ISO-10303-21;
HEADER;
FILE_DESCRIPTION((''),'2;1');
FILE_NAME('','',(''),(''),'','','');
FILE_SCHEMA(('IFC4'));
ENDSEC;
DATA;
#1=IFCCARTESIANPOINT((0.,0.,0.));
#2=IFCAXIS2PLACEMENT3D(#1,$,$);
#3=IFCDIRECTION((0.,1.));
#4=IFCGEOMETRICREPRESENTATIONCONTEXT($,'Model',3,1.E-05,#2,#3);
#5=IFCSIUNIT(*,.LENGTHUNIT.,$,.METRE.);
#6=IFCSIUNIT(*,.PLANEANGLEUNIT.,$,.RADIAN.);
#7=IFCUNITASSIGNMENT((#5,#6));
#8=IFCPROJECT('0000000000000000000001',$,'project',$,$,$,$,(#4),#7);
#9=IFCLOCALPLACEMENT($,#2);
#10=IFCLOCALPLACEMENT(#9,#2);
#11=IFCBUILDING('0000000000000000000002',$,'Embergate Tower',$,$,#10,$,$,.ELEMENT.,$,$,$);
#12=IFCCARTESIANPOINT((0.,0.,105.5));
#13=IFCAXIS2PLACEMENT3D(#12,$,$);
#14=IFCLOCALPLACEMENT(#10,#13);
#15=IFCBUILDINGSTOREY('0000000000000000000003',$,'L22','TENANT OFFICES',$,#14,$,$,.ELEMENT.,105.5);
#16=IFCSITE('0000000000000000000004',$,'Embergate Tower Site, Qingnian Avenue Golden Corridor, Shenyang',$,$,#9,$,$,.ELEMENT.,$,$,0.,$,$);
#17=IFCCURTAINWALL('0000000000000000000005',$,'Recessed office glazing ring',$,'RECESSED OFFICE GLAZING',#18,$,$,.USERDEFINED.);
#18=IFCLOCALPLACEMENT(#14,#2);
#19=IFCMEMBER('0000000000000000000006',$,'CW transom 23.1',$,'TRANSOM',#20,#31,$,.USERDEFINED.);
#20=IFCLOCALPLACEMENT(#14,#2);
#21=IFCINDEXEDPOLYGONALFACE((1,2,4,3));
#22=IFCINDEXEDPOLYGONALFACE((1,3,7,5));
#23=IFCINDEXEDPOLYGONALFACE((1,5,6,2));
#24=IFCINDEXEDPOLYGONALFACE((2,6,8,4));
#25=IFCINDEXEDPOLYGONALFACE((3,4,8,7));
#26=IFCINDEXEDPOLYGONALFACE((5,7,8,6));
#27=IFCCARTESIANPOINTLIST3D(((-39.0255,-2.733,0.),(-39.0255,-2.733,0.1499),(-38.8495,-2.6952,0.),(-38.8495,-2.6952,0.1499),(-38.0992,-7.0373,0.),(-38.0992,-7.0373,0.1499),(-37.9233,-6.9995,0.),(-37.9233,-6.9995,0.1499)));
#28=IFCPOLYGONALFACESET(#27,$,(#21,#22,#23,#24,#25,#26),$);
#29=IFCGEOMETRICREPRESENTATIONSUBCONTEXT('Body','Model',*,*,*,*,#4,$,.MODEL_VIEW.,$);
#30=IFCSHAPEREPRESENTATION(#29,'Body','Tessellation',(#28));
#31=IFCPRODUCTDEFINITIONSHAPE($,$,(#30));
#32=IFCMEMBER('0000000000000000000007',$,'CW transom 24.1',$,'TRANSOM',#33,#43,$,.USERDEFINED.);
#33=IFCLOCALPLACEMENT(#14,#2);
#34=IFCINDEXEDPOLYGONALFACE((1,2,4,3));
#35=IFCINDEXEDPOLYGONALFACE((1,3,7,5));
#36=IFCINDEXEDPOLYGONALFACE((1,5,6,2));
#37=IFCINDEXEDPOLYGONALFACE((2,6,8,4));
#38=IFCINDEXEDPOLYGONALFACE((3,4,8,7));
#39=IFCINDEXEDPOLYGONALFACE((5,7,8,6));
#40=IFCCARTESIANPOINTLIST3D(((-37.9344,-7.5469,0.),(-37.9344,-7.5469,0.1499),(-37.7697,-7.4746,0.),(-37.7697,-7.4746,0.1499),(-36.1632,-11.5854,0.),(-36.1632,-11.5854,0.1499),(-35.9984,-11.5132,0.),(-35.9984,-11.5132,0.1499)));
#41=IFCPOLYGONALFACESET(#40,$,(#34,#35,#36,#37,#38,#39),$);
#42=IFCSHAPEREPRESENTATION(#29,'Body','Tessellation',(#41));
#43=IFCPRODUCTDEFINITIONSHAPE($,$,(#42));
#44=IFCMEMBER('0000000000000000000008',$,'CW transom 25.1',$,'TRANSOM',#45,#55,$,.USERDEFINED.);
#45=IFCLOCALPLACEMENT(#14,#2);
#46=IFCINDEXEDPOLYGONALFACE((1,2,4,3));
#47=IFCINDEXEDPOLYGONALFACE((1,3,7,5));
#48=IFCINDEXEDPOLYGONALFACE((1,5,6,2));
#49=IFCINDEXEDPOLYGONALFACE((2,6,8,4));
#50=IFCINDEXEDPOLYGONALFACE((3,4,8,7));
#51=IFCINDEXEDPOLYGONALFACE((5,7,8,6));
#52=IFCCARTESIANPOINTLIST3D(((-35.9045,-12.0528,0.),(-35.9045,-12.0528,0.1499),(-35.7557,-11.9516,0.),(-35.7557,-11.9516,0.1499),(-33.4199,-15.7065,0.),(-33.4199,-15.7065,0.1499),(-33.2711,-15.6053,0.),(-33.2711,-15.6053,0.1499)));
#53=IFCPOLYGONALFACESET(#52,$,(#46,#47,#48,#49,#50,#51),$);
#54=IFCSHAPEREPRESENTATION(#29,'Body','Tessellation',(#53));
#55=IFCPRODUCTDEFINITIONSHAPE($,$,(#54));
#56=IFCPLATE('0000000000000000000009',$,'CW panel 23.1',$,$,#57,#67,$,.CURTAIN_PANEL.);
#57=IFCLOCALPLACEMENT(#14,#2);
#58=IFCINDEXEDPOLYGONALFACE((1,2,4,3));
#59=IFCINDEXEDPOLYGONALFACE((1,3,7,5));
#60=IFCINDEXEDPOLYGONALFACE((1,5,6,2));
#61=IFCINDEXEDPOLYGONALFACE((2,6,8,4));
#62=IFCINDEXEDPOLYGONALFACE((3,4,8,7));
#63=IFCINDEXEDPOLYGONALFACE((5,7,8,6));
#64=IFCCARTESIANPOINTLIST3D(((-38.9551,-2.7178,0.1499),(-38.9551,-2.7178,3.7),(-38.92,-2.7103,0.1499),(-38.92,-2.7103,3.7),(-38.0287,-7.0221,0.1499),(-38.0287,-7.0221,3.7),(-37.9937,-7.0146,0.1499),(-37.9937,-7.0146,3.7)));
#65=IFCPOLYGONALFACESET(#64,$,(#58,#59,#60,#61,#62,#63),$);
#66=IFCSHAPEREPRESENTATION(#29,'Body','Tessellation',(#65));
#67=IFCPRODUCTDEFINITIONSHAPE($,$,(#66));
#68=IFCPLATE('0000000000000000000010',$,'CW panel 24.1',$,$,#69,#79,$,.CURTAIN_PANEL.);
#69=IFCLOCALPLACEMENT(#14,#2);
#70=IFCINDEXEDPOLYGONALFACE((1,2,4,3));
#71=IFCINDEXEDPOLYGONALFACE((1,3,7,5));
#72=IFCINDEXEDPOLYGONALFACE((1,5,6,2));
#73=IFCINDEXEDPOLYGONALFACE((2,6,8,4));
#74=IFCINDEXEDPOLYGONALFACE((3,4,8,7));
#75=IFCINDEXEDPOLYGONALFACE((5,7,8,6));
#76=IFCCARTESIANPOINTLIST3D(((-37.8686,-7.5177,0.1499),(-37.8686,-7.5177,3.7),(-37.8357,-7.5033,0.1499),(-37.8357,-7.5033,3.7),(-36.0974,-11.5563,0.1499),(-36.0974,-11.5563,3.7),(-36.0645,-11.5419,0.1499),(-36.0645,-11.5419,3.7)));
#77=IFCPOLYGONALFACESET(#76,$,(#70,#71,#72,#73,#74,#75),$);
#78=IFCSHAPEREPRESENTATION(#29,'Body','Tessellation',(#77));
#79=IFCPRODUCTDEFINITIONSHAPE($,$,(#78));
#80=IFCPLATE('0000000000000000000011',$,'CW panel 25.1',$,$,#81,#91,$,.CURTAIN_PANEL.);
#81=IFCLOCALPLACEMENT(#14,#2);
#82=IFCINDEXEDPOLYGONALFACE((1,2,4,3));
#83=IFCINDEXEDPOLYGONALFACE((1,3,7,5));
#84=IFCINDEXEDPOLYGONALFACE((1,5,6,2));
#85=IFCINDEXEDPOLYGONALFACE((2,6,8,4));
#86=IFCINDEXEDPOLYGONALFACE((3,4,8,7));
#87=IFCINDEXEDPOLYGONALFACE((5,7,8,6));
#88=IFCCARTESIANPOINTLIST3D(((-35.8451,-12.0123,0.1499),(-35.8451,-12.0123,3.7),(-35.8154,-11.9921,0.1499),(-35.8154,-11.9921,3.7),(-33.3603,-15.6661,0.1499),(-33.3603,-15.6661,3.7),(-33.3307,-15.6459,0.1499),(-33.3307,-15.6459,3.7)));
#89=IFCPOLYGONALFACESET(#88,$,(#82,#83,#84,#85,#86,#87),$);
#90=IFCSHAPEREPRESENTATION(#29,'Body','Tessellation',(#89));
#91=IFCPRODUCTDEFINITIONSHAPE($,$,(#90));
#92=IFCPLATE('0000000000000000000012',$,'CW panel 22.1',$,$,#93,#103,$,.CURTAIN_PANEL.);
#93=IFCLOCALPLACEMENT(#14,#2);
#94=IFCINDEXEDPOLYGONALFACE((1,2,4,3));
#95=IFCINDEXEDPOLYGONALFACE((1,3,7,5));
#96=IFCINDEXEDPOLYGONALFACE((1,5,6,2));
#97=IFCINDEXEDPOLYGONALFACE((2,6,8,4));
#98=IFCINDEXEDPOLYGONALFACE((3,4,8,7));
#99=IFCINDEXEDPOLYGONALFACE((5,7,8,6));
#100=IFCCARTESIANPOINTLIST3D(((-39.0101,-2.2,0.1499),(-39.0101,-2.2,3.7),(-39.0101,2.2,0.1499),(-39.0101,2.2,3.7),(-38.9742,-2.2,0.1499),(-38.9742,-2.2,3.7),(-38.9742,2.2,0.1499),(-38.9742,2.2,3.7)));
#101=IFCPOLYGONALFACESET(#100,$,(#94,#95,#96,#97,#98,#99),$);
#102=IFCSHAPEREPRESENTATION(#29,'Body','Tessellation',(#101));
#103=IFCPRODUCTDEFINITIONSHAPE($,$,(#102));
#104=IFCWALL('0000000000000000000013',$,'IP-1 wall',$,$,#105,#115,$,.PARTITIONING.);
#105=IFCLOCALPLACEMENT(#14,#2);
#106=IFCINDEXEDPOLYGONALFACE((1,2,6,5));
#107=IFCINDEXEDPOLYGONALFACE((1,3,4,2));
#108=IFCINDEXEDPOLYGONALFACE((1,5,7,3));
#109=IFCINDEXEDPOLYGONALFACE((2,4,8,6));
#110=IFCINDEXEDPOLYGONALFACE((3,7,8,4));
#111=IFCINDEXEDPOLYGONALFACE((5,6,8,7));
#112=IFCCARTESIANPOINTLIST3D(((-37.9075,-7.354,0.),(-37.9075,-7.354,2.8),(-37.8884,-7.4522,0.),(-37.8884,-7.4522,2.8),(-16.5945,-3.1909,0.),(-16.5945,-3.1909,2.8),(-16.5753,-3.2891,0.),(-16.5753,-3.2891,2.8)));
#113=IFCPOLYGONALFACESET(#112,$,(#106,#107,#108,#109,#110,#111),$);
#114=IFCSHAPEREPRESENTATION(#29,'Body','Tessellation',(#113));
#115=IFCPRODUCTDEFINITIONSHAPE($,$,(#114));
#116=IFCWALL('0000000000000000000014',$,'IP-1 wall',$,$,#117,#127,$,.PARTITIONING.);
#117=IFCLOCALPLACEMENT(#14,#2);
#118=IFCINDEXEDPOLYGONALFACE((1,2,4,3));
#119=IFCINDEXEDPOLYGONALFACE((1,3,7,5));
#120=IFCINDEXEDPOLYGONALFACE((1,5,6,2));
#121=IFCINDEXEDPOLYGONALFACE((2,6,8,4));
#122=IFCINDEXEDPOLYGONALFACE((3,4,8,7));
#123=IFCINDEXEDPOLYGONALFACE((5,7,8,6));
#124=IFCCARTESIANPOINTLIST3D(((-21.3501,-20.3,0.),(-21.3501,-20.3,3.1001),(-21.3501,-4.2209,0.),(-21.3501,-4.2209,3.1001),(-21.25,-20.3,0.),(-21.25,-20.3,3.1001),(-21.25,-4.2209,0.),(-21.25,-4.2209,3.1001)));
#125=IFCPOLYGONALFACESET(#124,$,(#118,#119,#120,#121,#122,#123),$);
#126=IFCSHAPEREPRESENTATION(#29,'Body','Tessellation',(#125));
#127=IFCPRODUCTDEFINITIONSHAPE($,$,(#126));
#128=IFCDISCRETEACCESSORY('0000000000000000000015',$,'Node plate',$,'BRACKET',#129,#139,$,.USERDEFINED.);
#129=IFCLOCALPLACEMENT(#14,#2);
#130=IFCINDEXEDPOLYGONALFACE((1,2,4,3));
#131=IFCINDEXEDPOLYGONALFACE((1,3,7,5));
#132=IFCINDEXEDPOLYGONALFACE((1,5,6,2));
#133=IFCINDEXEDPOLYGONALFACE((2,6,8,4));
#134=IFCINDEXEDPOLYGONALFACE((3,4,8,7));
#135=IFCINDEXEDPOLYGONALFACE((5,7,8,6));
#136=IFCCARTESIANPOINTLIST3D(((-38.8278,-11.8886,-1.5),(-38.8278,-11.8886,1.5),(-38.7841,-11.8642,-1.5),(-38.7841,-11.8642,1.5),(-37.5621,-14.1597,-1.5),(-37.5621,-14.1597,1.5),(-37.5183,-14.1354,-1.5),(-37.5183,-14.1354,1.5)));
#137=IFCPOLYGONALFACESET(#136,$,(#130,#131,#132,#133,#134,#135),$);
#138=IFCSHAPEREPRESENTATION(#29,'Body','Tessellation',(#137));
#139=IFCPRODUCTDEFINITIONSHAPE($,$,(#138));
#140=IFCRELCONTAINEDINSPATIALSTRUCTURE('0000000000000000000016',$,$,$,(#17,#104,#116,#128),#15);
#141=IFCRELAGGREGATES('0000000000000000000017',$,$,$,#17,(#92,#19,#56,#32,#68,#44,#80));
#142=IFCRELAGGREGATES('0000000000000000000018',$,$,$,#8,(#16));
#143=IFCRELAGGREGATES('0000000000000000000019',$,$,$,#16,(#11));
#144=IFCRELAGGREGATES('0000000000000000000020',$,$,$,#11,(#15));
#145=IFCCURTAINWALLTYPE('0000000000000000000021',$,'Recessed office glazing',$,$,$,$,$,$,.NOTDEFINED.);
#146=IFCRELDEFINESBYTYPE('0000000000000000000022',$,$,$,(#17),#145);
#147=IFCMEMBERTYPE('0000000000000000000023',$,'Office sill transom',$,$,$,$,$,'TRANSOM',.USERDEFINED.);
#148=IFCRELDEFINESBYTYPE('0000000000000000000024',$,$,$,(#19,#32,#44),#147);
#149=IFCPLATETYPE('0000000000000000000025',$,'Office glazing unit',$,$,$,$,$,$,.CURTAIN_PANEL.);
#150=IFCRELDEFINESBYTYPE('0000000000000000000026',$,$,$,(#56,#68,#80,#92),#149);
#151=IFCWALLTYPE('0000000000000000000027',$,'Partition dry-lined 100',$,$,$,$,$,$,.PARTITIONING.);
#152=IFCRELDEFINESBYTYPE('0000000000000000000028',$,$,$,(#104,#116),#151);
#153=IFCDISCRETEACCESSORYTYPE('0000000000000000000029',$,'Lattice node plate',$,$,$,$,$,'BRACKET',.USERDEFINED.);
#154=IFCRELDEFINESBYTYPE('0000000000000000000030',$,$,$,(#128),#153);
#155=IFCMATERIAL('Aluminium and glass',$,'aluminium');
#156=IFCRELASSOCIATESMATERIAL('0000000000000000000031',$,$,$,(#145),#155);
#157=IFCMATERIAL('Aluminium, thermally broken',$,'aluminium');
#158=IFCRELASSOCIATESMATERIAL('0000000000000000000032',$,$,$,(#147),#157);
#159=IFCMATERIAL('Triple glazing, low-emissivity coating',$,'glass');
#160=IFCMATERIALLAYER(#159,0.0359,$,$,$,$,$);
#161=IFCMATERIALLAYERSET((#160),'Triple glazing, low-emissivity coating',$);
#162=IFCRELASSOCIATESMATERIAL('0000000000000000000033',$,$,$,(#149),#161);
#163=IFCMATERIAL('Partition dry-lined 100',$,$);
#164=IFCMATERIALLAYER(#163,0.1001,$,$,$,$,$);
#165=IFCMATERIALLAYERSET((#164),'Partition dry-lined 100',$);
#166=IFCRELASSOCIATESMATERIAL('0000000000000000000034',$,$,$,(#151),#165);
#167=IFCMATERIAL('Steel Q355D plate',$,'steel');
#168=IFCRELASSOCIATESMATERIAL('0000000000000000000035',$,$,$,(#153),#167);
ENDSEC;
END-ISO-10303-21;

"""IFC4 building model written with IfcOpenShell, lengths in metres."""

from ifc_helpers import new_model, si_unit, direction, frame, frame_2d, origin, origin_2d, place, context, subcontext, project, spatial, rectangle, extrude, source, transform, mapped, material, layer, layer_set, material_profile, profile_set, type_object, element, aggregate, save


model = new_model("IFC4")

# Units and contexts
model_context = context("Model", 3, precision=1e-05, world=origin(), true_north=direction((0.0, 1.0)))
body_context = subcontext(model_context, "Body", "Model", "MODEL_VIEW")
ifc_project = project(units=[si_unit("LENGTHUNIT", "METRE"), si_unit("PLANEANGLEUNIT", "RADIAN")], contexts=[model_context])

# Site, building, storey
site_placement = place(None, origin())
site = spatial("IfcSite", under=ifc_project, at=site_placement, Name="Embergate Tower Site, Qingnian Avenue Golden Corridor, Shenyang", CompositionType="ELEMENT", RefElevation=0.0)
building_placement = place(site_placement, origin())
building = spatial("IfcBuilding", under=site, at=building_placement, Name="Embergate Tower", CompositionType="ELEMENT")
storey_placement = place(building_placement, frame((0.0, 0.0, 105.5)))
storey = spatial("IfcBuildingStorey", under=building, at=storey_placement, Name="L22", Description="TENANT OFFICES", CompositionType="ELEMENT", Elevation=105.5)

# Curtain wall, members, plates
ifc_material_1 = material(Name="Aluminium and glass", Category="aluminium")
curtain_wall_type = type_object("IfcCurtainWallType", Name="Recessed office glazing", PredefinedType="NOTDEFINED", material=ifc_material_1)
curtain_wall_placement = place(storey_placement, origin())
curtain_wall = element("IfcCurtainWall", 1, at=curtain_wall_placement, inside=storey, type_object=curtain_wall_type, Name="Recessed office glazing ring", ObjectType="RECESSED OFFICE GLAZING", PredefinedType="USERDEFINED")
ifc_material_2 = material(Name="Aluminium, thermally broken", Category="aluminium")
ifc_material_profile_1 = material_profile(ifc_material_2, rectangle(XDim=0.1799, YDim=0.1499, at=origin_2d()), Name="AL 150x180")
ifc_profile_set_1 = profile_set([ifc_material_profile_1], Name="Aluminium, thermally broken")
member_type_1 = type_object("IfcMemberType", Name="Office sill transom", ElementType="TRANSOM", PredefinedType="USERDEFINED", material=ifc_profile_set_1)
shared_shape_1 = source(origin(), body_context, "Body", "SweptSolid", [
    extrude(rectangle(XDim=0.1799, YDim=0.1499, at=origin_2d()), origin(), (0.0, 0.0, 1.0), 4.4028),
])
member_1_placement = place(storey_placement, frame((-38.9375, -2.7141, 0.075), z_axis=(0.210385, -0.977619, 0.0), x_axis=(0.977619, 0.210385, 0.0)))
member_1 = element("IfcMember", 2, at=member_1_placement, type_object=member_type_1, Name="CW transom 23.1", ObjectType="TRANSOM", PredefinedType="USERDEFINED", context=body_context, shape_type="MappedRepresentation", body=[
    mapped(shared_shape_1, transform((0.0, 0.0, 0.0))),
])
shared_shape_2 = source(origin(), body_context, "Body", "SweptSolid", [
    extrude(rectangle(XDim=0.1799, YDim=0.1499, at=origin_2d()), origin(), (0.0, 0.0, 1.0), 4.4099),
])
member_2_placement = place(storey_placement, frame((-37.8521, -7.5107, 0.075), z_axis=(0.401649, -0.915794, 0.0), x_axis=(0.915794, 0.401649, 0.0)))
member_2 = element("IfcMember", 3, at=member_2_placement, type_object=member_type_1, Name="CW transom 24.1", ObjectType="TRANSOM", PredefinedType="USERDEFINED", context=body_context, shape_type="MappedRepresentation", body=[
    mapped(shared_shape_2, transform((0.0, 0.0, 0.0))),
])
shared_shape_3 = source(origin(), body_context, "Body", "SweptSolid", [
    extrude(rectangle(XDim=0.1799, YDim=0.1499, at=origin_2d()), origin(), (0.0, 0.0, 1.0), 4.4185),
])
member_3_placement = place(storey_placement, frame((-35.8301, -12.0022, 0.075), z_axis=(0.562315, -0.826923, 0.0), x_axis=(0.826923, 0.562315, 0.0)))
member_3 = element("IfcMember", 4, at=member_3_placement, type_object=member_type_1, Name="CW transom 25.1", ObjectType="TRANSOM", PredefinedType="USERDEFINED", context=body_context, shape_type="MappedRepresentation", body=[
    mapped(shared_shape_3, transform((0.0, 0.0, 0.0))),
])
ifc_material_3 = material(Name="Triple glazing, low-emissivity coating", Category="glass")
ifc_layer_1 = layer(ifc_material_3, 0.0359)
ifc_layer_set_1 = layer_set([ifc_layer_1], Name="Triple glazing, low-emissivity coating")
plate_type = type_object("IfcPlateType", Name="Office glazing unit", PredefinedType="CURTAIN_PANEL", material=ifc_layer_set_1)
shared_shape_4 = source(origin(), body_context, "Body", "SweptSolid", [
    extrude(rectangle(XDim=4.4028, YDim=0.0359, at=origin_2d()), origin(), (0.0, 0.0, 1.0), 3.55),
])
plate_1_placement = place(storey_placement, frame((-38.4744, -4.8662, 0.1499), z_axis=(0.0, 0.0, 1.0), x_axis=(0.210392, -0.977617, 0.0)))
plate_1 = element("IfcPlate", 5, at=plate_1_placement, type_object=plate_type, Name="CW panel 23.1", PredefinedType="CURTAIN_PANEL", context=body_context, shape_type="MappedRepresentation", body=[
    mapped(shared_shape_4, transform((0.0, 0.0, 0.0))),
])
shared_shape_5 = source(origin(), body_context, "Body", "SweptSolid", [
    extrude(rectangle(XDim=4.4099, YDim=0.0359, at=origin_2d()), origin(), (0.0, 0.0, 1.0), 3.55),
])
plate_2_placement = place(storey_placement, frame((-36.9666, -9.5298, 0.1499), z_axis=(0.0, 0.0, 1.0), x_axis=(0.401644, -0.915796, 0.0)))
plate_2 = element("IfcPlate", 6, at=plate_2_placement, type_object=plate_type, Name="CW panel 24.1", PredefinedType="CURTAIN_PANEL", context=body_context, shape_type="MappedRepresentation", body=[
    mapped(shared_shape_5, transform((0.0, 0.0, 0.0))),
])
shared_shape_6 = source(origin(), body_context, "Body", "SweptSolid", [
    extrude(rectangle(XDim=4.4187, YDim=0.0359, at=origin_2d()), origin(), (0.0, 0.0, 1.0), 3.55),
])
plate_3_placement = place(storey_placement, frame((-34.5879, -13.8291, 0.1499), z_axis=(0.0, 0.0, 1.0), x_axis=(0.562332, -0.826912, 0.0)))
plate_3 = element("IfcPlate", 7, at=plate_3_placement, type_object=plate_type, Name="CW panel 25.1", PredefinedType="CURTAIN_PANEL", context=body_context, shape_type="MappedRepresentation", body=[
    mapped(shared_shape_6, transform((0.0, 0.0, 0.0))),
])
shared_shape_7 = source(origin(), body_context, "Body", "SweptSolid", [
    extrude(rectangle(XDim=4.3999, YDim=0.0359, at=origin_2d()), origin(), (0.0, 0.0, 1.0), 3.55),
])
plate_4_placement = place(storey_placement, frame((-38.9922, 0.0, 0.1499), z_axis=(0.0, 0.0, 1.0), x_axis=(0.0, -1.0, 0.0)))
plate_4 = element("IfcPlate", 8, at=plate_4_placement, type_object=plate_type, Name="CW panel 22.1", PredefinedType="CURTAIN_PANEL", context=body_context, shape_type="MappedRepresentation", body=[
    mapped(shared_shape_7, transform((0.0, 0.0, 0.0))),
])
aggregate(curtain_wall, [plate_4, member_1, plate_1, member_2, plate_2, member_3, plate_3])

# Walls
ifc_material_4 = material(Name="Partition dry-lined 100")
ifc_layer_2 = layer(ifc_material_4, 0.1001)
ifc_layer_set_2 = layer_set([ifc_layer_2], Name="Partition dry-lined 100")
wall_type = type_object("IfcWallType", Name="Partition dry-lined 100", PredefinedType="PARTITIONING", material=ifc_layer_set_2)
shared_shape_8 = source(origin(), body_context, "Body", "SweptSolid", [
    extrude(rectangle(XDim=21.7158, YDim=0.1001, at=frame_2d((10.8579, 0.0))), origin(), (0.0, 0.0, 1.0), 2.8),
])
wall_1_placement = place(storey_placement, frame((-37.8979, -7.4031, 0.0), z_axis=(0.0, 0.0, 1.0), x_axis=(0.981452, 0.191708, 0.0)))
element("IfcWall", 9, at=wall_1_placement, inside=storey, type_object=wall_type, Name="IP-1 wall", PredefinedType="PARTITIONING", context=body_context, shape_type="MappedRepresentation", body=[
    mapped(shared_shape_8, transform((0.0, 0.0, 0.0))),
])
shared_shape_9 = source(origin(), body_context, "Body", "SweptSolid", [
    extrude(rectangle(XDim=16.0791, YDim=0.1001, at=frame_2d((8.0396, 0.0))), origin(), (0.0, 0.0, 1.0), 3.1001),
])
wall_2_placement = place(storey_placement, frame((-21.3, -4.2209, 0.0), z_axis=(0.0, 0.0, 1.0), x_axis=(0.0, -1.0, 0.0)))
element("IfcWall", 10, at=wall_2_placement, inside=storey, type_object=wall_type, Name="IP-1 wall", PredefinedType="PARTITIONING", context=body_context, shape_type="MappedRepresentation", body=[
    mapped(shared_shape_9, transform((0.0, 0.0, 0.0))),
])

# Discrete accessory
ifc_material_5 = material(Name="Steel Q355D plate", Category="steel")
discrete_accessory_type = type_object("IfcDiscreteAccessoryType", Name="Lattice node plate", ElementType="BRACKET", PredefinedType="USERDEFINED", material=ifc_material_5)
shared_shape_10 = source(origin(), body_context, "Body", "SweptSolid", [
    extrude(rectangle(XDim=2.6001, YDim=0.05, at=origin_2d()), origin(), (0.0, 0.0, 1.0), 3.0),
])
discrete_accessory_placement = place(storey_placement, frame((-38.1731, -13.012, -1.5), z_axis=(0.0, 0.0, 1.0), x_axis=(0.486823, -0.8735, 0.0)))
element("IfcDiscreteAccessory", 11, at=discrete_accessory_placement, inside=storey, type_object=discrete_accessory_type, Name="Node plate", ObjectType="BRACKET", PredefinedType="USERDEFINED", context=body_context, shape_type="MappedRepresentation", body=[
    mapped(shared_shape_10, transform((0.0, 0.0, 0.0))),
])

save(model, "model.ifc")
